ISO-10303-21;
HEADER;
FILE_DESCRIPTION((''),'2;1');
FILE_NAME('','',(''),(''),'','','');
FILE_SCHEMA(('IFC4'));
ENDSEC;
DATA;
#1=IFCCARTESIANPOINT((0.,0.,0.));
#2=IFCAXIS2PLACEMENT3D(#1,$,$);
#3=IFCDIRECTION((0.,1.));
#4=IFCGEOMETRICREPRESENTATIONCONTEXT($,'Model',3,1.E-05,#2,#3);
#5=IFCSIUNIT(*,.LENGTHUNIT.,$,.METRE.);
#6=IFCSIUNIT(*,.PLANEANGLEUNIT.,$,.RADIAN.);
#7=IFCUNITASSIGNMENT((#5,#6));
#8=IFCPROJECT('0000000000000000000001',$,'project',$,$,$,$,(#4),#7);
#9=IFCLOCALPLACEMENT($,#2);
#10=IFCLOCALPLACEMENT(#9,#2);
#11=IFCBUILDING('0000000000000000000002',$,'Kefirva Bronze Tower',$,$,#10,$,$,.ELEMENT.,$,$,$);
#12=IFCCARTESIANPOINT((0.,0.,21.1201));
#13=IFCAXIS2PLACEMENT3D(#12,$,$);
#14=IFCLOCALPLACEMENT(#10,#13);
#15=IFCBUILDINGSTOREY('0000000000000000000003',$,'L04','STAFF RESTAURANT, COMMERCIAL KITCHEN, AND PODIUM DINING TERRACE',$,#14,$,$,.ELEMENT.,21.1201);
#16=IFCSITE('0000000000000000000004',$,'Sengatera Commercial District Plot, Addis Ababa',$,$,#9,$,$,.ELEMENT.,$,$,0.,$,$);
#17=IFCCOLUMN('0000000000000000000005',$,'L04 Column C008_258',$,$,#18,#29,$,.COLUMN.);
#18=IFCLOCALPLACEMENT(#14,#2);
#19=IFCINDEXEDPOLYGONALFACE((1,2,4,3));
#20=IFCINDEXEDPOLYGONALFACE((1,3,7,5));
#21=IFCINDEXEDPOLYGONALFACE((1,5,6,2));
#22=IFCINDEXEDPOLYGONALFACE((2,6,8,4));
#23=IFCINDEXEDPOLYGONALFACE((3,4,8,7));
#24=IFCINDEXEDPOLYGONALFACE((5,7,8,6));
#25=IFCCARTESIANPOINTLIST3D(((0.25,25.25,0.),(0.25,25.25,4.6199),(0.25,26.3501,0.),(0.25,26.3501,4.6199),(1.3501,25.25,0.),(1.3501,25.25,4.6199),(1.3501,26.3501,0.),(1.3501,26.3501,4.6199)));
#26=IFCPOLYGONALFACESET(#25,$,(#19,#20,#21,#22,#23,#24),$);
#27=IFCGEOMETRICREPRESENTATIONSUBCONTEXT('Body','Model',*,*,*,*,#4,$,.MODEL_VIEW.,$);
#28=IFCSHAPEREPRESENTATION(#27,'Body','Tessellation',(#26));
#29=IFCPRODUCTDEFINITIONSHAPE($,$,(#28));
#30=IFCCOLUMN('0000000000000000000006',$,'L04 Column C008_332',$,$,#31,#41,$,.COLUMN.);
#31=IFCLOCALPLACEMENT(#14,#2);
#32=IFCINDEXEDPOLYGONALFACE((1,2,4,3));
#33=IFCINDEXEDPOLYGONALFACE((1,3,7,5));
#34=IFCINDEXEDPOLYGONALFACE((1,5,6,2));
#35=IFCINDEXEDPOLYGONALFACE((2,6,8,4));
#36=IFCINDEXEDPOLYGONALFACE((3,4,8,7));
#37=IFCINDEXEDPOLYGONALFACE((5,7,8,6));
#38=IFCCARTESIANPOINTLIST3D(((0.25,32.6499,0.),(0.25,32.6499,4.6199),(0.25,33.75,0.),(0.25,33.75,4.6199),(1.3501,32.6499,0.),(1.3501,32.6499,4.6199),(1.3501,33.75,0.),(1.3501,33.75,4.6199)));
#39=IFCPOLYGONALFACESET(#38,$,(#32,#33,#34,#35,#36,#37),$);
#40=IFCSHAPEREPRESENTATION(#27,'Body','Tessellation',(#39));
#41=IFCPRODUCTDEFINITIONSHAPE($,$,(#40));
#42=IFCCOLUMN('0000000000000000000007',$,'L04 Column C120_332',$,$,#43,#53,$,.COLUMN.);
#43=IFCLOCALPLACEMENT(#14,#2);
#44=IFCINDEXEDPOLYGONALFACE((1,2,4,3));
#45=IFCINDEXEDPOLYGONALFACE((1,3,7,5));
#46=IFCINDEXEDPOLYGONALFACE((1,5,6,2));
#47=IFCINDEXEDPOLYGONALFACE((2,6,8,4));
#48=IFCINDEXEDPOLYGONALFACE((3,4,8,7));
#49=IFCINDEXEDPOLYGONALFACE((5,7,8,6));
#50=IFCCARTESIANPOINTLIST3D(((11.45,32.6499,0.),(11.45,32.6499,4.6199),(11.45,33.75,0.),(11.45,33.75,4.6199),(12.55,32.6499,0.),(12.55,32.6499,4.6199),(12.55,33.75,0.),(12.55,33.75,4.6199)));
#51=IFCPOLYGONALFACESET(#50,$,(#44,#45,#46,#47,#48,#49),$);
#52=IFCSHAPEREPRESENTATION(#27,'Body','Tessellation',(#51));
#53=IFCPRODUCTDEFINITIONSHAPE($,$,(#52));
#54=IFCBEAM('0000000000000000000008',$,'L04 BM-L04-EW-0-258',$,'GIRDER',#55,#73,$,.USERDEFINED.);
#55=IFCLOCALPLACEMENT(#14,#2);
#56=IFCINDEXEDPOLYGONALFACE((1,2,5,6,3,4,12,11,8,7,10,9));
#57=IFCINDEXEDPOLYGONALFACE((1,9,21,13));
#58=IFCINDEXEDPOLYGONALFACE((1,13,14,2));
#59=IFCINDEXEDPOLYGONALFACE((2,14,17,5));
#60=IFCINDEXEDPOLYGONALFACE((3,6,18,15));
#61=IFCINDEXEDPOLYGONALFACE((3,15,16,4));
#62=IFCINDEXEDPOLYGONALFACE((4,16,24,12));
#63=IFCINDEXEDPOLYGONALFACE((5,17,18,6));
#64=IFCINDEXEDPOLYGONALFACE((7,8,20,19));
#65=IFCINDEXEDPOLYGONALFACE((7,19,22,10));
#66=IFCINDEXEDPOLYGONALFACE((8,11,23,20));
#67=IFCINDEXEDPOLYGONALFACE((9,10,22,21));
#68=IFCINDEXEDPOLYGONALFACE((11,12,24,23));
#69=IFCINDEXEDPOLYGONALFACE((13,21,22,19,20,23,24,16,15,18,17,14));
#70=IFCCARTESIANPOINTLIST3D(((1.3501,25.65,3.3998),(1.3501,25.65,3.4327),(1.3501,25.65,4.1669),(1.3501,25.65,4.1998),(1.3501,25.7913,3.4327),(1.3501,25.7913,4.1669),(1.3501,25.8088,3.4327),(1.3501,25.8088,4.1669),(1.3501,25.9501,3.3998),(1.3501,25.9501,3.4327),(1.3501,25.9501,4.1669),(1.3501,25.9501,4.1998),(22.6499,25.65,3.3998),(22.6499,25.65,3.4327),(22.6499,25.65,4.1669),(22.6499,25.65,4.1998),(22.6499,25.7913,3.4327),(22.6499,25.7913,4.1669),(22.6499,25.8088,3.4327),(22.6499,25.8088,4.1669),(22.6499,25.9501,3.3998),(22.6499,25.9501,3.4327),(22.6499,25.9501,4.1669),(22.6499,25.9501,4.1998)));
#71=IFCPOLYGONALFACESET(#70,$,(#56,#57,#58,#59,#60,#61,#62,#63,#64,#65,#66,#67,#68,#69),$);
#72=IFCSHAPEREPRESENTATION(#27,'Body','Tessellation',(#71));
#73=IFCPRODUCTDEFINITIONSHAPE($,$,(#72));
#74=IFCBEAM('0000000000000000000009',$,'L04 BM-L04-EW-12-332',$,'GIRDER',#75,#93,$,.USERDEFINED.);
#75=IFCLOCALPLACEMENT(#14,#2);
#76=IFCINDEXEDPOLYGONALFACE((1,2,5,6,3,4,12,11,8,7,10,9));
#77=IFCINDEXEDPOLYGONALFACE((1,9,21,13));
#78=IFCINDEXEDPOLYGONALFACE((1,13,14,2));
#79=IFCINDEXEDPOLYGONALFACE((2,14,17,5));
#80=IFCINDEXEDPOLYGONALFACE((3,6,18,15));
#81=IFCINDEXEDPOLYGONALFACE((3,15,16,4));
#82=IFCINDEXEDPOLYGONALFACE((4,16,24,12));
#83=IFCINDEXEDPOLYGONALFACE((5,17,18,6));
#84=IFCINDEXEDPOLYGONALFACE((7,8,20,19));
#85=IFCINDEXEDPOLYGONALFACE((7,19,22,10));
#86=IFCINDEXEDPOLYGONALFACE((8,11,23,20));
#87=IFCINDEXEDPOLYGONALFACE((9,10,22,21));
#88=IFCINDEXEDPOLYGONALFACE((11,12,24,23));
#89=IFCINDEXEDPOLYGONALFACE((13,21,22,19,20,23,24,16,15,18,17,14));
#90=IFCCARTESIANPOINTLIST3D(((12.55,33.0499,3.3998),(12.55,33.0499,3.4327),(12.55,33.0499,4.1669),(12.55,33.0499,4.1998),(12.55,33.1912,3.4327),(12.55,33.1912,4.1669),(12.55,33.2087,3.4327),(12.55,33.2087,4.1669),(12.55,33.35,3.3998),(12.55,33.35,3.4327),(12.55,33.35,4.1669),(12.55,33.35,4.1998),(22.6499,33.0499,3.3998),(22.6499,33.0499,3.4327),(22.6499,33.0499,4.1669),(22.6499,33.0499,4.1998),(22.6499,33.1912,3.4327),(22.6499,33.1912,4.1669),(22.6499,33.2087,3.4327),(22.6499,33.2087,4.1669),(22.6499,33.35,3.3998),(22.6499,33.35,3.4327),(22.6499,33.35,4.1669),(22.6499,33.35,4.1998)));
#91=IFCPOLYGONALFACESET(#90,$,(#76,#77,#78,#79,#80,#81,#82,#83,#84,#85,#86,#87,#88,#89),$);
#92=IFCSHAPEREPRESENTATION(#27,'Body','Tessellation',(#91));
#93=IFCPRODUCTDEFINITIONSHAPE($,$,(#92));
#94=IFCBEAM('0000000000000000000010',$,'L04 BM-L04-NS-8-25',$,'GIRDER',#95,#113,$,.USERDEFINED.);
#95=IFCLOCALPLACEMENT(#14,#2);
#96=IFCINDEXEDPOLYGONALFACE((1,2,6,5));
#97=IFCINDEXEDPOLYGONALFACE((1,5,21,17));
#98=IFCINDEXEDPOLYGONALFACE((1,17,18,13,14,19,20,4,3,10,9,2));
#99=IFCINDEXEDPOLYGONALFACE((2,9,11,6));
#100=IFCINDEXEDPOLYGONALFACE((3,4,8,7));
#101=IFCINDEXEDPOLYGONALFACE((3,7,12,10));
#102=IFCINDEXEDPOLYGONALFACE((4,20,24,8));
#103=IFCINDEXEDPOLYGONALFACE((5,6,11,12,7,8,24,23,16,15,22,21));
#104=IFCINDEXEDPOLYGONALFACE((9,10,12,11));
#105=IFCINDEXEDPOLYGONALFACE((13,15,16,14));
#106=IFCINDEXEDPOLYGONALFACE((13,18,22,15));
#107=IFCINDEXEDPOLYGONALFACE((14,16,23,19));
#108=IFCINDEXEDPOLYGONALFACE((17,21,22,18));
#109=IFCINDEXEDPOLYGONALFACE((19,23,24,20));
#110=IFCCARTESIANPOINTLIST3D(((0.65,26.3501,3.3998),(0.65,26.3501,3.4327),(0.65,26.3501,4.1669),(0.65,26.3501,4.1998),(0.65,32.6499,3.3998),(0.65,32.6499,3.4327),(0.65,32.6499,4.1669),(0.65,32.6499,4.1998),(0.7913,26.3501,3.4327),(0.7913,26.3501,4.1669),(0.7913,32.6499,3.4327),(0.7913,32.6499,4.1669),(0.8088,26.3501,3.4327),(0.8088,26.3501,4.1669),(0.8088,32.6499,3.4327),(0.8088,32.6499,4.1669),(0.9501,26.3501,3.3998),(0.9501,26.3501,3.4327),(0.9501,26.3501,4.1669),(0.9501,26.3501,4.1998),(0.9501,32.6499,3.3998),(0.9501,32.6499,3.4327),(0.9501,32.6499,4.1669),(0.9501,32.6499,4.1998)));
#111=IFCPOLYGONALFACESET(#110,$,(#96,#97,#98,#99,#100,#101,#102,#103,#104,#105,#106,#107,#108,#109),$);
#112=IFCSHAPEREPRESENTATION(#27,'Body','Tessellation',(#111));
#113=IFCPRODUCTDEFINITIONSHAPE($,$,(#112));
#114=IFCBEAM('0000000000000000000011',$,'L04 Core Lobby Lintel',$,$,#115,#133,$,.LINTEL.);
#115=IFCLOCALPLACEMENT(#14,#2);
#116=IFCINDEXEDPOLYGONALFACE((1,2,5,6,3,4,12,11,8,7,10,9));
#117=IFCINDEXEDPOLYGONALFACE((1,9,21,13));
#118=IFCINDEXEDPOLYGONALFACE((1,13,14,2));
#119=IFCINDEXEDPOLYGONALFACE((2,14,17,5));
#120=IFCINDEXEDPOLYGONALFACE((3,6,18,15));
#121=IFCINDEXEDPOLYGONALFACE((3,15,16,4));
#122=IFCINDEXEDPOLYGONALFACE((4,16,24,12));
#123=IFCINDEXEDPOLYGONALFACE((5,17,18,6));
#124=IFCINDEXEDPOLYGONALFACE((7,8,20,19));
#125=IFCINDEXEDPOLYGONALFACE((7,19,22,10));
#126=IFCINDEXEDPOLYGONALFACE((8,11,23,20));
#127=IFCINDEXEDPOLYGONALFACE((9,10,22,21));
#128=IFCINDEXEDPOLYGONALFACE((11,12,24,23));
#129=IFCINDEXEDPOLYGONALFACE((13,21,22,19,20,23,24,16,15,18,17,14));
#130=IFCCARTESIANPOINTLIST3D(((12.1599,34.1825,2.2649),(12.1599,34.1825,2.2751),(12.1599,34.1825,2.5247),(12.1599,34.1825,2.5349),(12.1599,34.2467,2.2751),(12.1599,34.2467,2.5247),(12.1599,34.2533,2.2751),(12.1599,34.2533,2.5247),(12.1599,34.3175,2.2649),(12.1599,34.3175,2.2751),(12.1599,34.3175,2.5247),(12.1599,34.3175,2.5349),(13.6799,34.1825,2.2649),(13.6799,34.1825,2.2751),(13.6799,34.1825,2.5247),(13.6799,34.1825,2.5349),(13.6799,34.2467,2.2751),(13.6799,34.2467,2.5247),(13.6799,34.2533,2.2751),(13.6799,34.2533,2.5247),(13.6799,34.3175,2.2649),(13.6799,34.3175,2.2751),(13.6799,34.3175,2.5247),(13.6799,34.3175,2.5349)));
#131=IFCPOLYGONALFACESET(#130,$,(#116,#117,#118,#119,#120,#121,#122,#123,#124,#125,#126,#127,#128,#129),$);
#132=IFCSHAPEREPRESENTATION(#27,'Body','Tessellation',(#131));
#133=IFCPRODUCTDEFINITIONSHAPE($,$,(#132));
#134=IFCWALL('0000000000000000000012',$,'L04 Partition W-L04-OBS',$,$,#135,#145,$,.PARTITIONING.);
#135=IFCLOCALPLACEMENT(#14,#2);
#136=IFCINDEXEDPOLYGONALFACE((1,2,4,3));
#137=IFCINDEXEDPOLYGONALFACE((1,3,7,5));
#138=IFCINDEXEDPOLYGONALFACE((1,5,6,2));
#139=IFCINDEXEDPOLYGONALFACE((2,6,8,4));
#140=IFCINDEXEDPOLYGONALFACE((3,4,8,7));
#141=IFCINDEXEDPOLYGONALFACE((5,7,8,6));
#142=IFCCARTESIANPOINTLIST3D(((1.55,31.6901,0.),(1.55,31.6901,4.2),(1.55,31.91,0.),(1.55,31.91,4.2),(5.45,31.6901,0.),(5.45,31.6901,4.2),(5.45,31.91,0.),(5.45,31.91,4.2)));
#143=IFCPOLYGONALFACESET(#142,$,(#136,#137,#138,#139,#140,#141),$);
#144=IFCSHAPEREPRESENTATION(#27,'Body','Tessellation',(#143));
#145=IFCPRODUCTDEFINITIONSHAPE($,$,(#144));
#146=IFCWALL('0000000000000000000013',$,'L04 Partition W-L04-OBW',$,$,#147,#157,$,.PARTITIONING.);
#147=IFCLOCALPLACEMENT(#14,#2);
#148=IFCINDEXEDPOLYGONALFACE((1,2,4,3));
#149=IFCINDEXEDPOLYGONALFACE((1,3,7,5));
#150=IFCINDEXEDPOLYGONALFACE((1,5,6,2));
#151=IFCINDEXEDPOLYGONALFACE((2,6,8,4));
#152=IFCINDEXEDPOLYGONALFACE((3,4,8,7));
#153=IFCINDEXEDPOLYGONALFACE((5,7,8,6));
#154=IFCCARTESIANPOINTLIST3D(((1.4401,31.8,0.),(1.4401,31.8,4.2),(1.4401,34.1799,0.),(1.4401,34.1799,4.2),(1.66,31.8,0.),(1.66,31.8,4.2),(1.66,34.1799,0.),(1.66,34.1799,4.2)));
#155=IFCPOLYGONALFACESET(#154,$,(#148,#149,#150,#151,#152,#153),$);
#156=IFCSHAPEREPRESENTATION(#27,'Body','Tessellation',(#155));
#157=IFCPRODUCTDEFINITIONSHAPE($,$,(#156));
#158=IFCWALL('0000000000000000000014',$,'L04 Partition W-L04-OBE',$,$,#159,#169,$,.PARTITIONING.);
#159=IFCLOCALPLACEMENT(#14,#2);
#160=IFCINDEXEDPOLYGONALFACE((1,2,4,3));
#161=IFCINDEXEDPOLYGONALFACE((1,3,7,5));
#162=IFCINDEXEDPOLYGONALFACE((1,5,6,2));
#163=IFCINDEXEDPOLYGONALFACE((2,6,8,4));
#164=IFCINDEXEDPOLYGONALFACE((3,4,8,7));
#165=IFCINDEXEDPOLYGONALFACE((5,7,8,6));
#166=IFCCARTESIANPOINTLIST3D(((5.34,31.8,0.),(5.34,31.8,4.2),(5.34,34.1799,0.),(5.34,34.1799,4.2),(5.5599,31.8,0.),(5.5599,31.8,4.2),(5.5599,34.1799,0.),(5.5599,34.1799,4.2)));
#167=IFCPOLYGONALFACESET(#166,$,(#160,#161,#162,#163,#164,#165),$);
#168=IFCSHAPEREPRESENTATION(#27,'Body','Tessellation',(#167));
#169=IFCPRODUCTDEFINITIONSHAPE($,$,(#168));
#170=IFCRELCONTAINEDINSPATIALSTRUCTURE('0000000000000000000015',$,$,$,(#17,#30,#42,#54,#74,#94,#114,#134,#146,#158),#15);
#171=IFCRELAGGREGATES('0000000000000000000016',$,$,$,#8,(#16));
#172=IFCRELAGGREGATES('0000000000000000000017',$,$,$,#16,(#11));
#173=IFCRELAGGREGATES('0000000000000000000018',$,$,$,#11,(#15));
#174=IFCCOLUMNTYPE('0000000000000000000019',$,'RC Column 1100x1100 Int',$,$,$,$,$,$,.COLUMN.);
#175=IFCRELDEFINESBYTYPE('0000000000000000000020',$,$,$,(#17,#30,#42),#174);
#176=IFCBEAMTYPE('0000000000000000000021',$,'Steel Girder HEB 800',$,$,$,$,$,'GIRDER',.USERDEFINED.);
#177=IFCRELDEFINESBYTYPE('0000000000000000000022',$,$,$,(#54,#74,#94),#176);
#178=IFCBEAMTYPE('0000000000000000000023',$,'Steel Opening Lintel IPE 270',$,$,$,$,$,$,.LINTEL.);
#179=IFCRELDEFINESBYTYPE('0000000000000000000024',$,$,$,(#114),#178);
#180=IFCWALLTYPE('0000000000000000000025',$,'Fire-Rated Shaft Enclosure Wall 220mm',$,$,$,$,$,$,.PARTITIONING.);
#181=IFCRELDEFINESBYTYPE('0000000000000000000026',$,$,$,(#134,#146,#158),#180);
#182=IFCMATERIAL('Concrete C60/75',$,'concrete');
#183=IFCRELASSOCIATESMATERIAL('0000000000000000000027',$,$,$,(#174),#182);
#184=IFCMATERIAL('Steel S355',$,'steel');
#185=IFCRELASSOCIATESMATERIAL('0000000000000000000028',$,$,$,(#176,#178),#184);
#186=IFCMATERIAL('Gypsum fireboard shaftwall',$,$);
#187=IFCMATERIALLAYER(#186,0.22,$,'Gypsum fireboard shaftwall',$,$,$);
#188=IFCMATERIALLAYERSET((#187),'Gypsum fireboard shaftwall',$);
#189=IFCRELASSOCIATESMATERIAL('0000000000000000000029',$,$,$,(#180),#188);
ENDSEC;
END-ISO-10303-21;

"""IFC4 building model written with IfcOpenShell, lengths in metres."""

from ifc_helpers import new_model, si_unit, direction, frame, frame_2d, origin, origin_2d, place, context, subcontext, project, spatial, rectangle, i_section, extrude, material, layer, layer_set, material_profile, profile_set, type_object, element, save


model = new_model("IFC4")

# Units and contexts
model_context = context("Model", 3, precision=1e-05, world=origin(), true_north=direction((0.0, 1.0)))
body_context = subcontext(model_context, "Body", "Model", "MODEL_VIEW")
ifc_project = project(units=[si_unit("LENGTHUNIT", "METRE"), si_unit("PLANEANGLEUNIT", "RADIAN")], contexts=[model_context])

# Site, building, storey
site_placement = place(None, origin())
site = spatial("IfcSite", under=ifc_project, at=site_placement, Name="Sengatera Commercial District Plot, Addis Ababa", CompositionType="ELEMENT", RefElevation=0.0)
building_placement = place(site_placement, origin())
building = spatial("IfcBuilding", under=site, at=building_placement, Name="Kefirva Bronze Tower", CompositionType="ELEMENT")
storey_placement = place(building_placement, frame((0.0, 0.0, 21.1201)))
storey = spatial("IfcBuildingStorey", under=building, at=storey_placement, Name="L04", Description="STAFF RESTAURANT, COMMERCIAL KITCHEN, AND PODIUM DINING TERRACE", CompositionType="ELEMENT", Elevation=21.1201)

# Columns
ifc_material_1 = material(Name="Concrete C60/75", Category="concrete")
ifc_material_profile_1 = material_profile(ifc_material_1, rectangle(XDim=1.1001, YDim=1.1001, at=origin_2d()), Name="RC 1100x1100")
ifc_profile_set_1 = profile_set([ifc_material_profile_1], Name="Concrete C60/75")
column_type = type_object("IfcColumnType", Name="RC Column 1100x1100 Int", PredefinedType="COLUMN", material=ifc_profile_set_1)
for number, where, z_axis, x_axis, name in (
    (1, (0.8, 25.8, 0.0), (0.0, 0.0, 1.0), (1.0, 0.0, 0.0), "L04 Column C008_258"),
    (2, (0.8, 33.2, 0.0), (0.0, 0.0, 1.0), (1.0, 0.0, 0.0), "L04 Column C008_332"),
    (3, (12.0, 33.2, 0.0), (0.0, 0.0, 1.0), (1.0, 0.0, 0.0), "L04 Column C120_332"),
):
    element("IfcColumn", number, at=place(storey_placement, frame(where, z_axis=z_axis, x_axis=x_axis)), inside=storey, type_object=column_type, Name=name, PredefinedType="COLUMN", context=body_context, shape_type="SweptSolid", body=[
        extrude(rectangle(XDim=1.1001, YDim=1.1001, at=origin_2d()), origin(), (0.0, 0.0, 1.0), 4.6199),
    ])

# Beams
ifc_material_2 = material(Name="Steel S355", Category="steel")
ifc_material_profile_2 = material_profile(ifc_material_2, i_section(OverallWidth=0.3, OverallDepth=0.8, WebThickness=0.0176, FlangeThickness=0.033, at=origin_2d()), Name="HEB 800")
ifc_profile_set_2 = profile_set([ifc_material_profile_2], Name="Steel S355")
beam_type_1 = type_object("IfcBeamType", Name="Steel Girder HEB 800", ElementType="GIRDER", PredefinedType="USERDEFINED", material=ifc_profile_set_2)
beam_1_placement = place(storey_placement, frame((1.3501, 25.8, 3.7998), z_axis=(1.0, 0.0, 0.0), x_axis=(0.0, 1.0, 0.0)))
element("IfcBeam", 4, at=beam_1_placement, inside=storey, type_object=beam_type_1, Name="L04 BM-L04-EW-0-258", ObjectType="GIRDER", PredefinedType="USERDEFINED", context=body_context, shape_type="SweptSolid", body=[
    extrude(i_section(OverallWidth=0.3, OverallDepth=0.8, WebThickness=0.0176, FlangeThickness=0.033, at=origin_2d()), origin(), (0.0, 0.0, 1.0), 21.2998),
])
beam_2_placement = place(storey_placement, frame((12.55, 33.2, 3.7998), z_axis=(1.0, 0.0, 0.0), x_axis=(0.0, 1.0, 0.0)))
element("IfcBeam", 5, at=beam_2_placement, inside=storey, type_object=beam_type_1, Name="L04 BM-L04-EW-12-332", ObjectType="GIRDER", PredefinedType="USERDEFINED", context=body_context, shape_type="SweptSolid", body=[
    extrude(i_section(OverallWidth=0.3, OverallDepth=0.8, WebThickness=0.0176, FlangeThickness=0.033, at=origin_2d()), origin(), (0.0, 0.0, 1.0), 10.0999),
])
beam_3_placement = place(storey_placement, frame((0.8, 26.3501, 3.7998), z_axis=(0.0, 1.0, 0.0), x_axis=(-1.0, 0.0, 0.0)))
element("IfcBeam", 6, at=beam_3_placement, inside=storey, type_object=beam_type_1, Name="L04 BM-L04-NS-8-25", ObjectType="GIRDER", PredefinedType="USERDEFINED", context=body_context, shape_type="SweptSolid", body=[
    extrude(i_section(OverallWidth=0.3, OverallDepth=0.8, WebThickness=0.0176, FlangeThickness=0.033, at=origin_2d()), origin(), (0.0, 0.0, 1.0), 6.2998),
])
ifc_material_profile_3 = material_profile(ifc_material_2, i_section(OverallWidth=0.135, OverallDepth=0.27, WebThickness=0.0066, FlangeThickness=0.0103, at=origin_2d()), Name="IPE 270")
ifc_profile_set_3 = profile_set([ifc_material_profile_3], Name="Steel S355")
beam_type_2 = type_object("IfcBeamType", Name="Steel Opening Lintel IPE 270", PredefinedType="LINTEL", material=ifc_profile_set_3)
beam_4_placement = place(storey_placement, frame((12.1599, 34.25, 2.3999), z_axis=(1.0, 0.0, 0.0), x_axis=(0.0, 1.0, 0.0)))
element("IfcBeam", 7, at=beam_4_placement, inside=storey, type_object=beam_type_2, Name="L04 Core Lobby Lintel", PredefinedType="LINTEL", context=body_context, shape_type="SweptSolid", body=[
    extrude(i_section(OverallWidth=0.135, OverallDepth=0.27, WebThickness=0.0066, FlangeThickness=0.0103, at=origin_2d()), origin(), (0.0, 0.0, 1.0), 1.52),
])

# Walls
ifc_material_3 = material(Name="Gypsum fireboard shaftwall")
ifc_layer_1 = layer(ifc_material_3, 0.22, Name="Gypsum fireboard shaftwall")
ifc_layer_set_1 = layer_set([ifc_layer_1], Name="Gypsum fireboard shaftwall")
wall_type_1 = type_object("IfcWallType", Name="Fire-Rated Shaft Enclosure Wall 220mm", PredefinedType="PARTITIONING", material=ifc_layer_set_1)
wall_1_placement = place(storey_placement, frame((1.55, 31.8, 0.0), z_axis=(0.0, 0.0, 1.0), x_axis=(1.0, 0.0, 0.0)))
element("IfcWall", 8, at=wall_1_placement, inside=storey, type_object=wall_type_1, Name="L04 Partition W-L04-OBS", PredefinedType="PARTITIONING", context=body_context, shape_type="SweptSolid", body=[
    extrude(rectangle(XDim=3.8999, YDim=0.22, at=frame_2d((1.95, 0.0))), origin(), (0.0, 0.0, 1.0), 4.2),
])
for number, where, z_axis, x_axis, name in (
    (9, (1.55, 31.8, 0.0), (0.0, 0.0, 1.0), (0.0, 1.0, 0.0), "L04 Partition W-L04-OBW"),
    (10, (5.45, 31.8, 0.0), (0.0, 0.0, 1.0), (0.0, 1.0, 0.0), "L04 Partition W-L04-OBE"),
):
    element("IfcWall", number, at=place(storey_placement, frame(where, z_axis=z_axis, x_axis=x_axis)), inside=storey, type_object=wall_type_1, Name=name, PredefinedType="PARTITIONING", context=body_context, shape_type="SweptSolid", body=[
        extrude(rectangle(XDim=2.3799, YDim=0.22, at=frame_2d((1.1899, 0.0))), origin(), (0.0, 0.0, 1.0), 4.2),
    ])

save(model, "model.ifc")
